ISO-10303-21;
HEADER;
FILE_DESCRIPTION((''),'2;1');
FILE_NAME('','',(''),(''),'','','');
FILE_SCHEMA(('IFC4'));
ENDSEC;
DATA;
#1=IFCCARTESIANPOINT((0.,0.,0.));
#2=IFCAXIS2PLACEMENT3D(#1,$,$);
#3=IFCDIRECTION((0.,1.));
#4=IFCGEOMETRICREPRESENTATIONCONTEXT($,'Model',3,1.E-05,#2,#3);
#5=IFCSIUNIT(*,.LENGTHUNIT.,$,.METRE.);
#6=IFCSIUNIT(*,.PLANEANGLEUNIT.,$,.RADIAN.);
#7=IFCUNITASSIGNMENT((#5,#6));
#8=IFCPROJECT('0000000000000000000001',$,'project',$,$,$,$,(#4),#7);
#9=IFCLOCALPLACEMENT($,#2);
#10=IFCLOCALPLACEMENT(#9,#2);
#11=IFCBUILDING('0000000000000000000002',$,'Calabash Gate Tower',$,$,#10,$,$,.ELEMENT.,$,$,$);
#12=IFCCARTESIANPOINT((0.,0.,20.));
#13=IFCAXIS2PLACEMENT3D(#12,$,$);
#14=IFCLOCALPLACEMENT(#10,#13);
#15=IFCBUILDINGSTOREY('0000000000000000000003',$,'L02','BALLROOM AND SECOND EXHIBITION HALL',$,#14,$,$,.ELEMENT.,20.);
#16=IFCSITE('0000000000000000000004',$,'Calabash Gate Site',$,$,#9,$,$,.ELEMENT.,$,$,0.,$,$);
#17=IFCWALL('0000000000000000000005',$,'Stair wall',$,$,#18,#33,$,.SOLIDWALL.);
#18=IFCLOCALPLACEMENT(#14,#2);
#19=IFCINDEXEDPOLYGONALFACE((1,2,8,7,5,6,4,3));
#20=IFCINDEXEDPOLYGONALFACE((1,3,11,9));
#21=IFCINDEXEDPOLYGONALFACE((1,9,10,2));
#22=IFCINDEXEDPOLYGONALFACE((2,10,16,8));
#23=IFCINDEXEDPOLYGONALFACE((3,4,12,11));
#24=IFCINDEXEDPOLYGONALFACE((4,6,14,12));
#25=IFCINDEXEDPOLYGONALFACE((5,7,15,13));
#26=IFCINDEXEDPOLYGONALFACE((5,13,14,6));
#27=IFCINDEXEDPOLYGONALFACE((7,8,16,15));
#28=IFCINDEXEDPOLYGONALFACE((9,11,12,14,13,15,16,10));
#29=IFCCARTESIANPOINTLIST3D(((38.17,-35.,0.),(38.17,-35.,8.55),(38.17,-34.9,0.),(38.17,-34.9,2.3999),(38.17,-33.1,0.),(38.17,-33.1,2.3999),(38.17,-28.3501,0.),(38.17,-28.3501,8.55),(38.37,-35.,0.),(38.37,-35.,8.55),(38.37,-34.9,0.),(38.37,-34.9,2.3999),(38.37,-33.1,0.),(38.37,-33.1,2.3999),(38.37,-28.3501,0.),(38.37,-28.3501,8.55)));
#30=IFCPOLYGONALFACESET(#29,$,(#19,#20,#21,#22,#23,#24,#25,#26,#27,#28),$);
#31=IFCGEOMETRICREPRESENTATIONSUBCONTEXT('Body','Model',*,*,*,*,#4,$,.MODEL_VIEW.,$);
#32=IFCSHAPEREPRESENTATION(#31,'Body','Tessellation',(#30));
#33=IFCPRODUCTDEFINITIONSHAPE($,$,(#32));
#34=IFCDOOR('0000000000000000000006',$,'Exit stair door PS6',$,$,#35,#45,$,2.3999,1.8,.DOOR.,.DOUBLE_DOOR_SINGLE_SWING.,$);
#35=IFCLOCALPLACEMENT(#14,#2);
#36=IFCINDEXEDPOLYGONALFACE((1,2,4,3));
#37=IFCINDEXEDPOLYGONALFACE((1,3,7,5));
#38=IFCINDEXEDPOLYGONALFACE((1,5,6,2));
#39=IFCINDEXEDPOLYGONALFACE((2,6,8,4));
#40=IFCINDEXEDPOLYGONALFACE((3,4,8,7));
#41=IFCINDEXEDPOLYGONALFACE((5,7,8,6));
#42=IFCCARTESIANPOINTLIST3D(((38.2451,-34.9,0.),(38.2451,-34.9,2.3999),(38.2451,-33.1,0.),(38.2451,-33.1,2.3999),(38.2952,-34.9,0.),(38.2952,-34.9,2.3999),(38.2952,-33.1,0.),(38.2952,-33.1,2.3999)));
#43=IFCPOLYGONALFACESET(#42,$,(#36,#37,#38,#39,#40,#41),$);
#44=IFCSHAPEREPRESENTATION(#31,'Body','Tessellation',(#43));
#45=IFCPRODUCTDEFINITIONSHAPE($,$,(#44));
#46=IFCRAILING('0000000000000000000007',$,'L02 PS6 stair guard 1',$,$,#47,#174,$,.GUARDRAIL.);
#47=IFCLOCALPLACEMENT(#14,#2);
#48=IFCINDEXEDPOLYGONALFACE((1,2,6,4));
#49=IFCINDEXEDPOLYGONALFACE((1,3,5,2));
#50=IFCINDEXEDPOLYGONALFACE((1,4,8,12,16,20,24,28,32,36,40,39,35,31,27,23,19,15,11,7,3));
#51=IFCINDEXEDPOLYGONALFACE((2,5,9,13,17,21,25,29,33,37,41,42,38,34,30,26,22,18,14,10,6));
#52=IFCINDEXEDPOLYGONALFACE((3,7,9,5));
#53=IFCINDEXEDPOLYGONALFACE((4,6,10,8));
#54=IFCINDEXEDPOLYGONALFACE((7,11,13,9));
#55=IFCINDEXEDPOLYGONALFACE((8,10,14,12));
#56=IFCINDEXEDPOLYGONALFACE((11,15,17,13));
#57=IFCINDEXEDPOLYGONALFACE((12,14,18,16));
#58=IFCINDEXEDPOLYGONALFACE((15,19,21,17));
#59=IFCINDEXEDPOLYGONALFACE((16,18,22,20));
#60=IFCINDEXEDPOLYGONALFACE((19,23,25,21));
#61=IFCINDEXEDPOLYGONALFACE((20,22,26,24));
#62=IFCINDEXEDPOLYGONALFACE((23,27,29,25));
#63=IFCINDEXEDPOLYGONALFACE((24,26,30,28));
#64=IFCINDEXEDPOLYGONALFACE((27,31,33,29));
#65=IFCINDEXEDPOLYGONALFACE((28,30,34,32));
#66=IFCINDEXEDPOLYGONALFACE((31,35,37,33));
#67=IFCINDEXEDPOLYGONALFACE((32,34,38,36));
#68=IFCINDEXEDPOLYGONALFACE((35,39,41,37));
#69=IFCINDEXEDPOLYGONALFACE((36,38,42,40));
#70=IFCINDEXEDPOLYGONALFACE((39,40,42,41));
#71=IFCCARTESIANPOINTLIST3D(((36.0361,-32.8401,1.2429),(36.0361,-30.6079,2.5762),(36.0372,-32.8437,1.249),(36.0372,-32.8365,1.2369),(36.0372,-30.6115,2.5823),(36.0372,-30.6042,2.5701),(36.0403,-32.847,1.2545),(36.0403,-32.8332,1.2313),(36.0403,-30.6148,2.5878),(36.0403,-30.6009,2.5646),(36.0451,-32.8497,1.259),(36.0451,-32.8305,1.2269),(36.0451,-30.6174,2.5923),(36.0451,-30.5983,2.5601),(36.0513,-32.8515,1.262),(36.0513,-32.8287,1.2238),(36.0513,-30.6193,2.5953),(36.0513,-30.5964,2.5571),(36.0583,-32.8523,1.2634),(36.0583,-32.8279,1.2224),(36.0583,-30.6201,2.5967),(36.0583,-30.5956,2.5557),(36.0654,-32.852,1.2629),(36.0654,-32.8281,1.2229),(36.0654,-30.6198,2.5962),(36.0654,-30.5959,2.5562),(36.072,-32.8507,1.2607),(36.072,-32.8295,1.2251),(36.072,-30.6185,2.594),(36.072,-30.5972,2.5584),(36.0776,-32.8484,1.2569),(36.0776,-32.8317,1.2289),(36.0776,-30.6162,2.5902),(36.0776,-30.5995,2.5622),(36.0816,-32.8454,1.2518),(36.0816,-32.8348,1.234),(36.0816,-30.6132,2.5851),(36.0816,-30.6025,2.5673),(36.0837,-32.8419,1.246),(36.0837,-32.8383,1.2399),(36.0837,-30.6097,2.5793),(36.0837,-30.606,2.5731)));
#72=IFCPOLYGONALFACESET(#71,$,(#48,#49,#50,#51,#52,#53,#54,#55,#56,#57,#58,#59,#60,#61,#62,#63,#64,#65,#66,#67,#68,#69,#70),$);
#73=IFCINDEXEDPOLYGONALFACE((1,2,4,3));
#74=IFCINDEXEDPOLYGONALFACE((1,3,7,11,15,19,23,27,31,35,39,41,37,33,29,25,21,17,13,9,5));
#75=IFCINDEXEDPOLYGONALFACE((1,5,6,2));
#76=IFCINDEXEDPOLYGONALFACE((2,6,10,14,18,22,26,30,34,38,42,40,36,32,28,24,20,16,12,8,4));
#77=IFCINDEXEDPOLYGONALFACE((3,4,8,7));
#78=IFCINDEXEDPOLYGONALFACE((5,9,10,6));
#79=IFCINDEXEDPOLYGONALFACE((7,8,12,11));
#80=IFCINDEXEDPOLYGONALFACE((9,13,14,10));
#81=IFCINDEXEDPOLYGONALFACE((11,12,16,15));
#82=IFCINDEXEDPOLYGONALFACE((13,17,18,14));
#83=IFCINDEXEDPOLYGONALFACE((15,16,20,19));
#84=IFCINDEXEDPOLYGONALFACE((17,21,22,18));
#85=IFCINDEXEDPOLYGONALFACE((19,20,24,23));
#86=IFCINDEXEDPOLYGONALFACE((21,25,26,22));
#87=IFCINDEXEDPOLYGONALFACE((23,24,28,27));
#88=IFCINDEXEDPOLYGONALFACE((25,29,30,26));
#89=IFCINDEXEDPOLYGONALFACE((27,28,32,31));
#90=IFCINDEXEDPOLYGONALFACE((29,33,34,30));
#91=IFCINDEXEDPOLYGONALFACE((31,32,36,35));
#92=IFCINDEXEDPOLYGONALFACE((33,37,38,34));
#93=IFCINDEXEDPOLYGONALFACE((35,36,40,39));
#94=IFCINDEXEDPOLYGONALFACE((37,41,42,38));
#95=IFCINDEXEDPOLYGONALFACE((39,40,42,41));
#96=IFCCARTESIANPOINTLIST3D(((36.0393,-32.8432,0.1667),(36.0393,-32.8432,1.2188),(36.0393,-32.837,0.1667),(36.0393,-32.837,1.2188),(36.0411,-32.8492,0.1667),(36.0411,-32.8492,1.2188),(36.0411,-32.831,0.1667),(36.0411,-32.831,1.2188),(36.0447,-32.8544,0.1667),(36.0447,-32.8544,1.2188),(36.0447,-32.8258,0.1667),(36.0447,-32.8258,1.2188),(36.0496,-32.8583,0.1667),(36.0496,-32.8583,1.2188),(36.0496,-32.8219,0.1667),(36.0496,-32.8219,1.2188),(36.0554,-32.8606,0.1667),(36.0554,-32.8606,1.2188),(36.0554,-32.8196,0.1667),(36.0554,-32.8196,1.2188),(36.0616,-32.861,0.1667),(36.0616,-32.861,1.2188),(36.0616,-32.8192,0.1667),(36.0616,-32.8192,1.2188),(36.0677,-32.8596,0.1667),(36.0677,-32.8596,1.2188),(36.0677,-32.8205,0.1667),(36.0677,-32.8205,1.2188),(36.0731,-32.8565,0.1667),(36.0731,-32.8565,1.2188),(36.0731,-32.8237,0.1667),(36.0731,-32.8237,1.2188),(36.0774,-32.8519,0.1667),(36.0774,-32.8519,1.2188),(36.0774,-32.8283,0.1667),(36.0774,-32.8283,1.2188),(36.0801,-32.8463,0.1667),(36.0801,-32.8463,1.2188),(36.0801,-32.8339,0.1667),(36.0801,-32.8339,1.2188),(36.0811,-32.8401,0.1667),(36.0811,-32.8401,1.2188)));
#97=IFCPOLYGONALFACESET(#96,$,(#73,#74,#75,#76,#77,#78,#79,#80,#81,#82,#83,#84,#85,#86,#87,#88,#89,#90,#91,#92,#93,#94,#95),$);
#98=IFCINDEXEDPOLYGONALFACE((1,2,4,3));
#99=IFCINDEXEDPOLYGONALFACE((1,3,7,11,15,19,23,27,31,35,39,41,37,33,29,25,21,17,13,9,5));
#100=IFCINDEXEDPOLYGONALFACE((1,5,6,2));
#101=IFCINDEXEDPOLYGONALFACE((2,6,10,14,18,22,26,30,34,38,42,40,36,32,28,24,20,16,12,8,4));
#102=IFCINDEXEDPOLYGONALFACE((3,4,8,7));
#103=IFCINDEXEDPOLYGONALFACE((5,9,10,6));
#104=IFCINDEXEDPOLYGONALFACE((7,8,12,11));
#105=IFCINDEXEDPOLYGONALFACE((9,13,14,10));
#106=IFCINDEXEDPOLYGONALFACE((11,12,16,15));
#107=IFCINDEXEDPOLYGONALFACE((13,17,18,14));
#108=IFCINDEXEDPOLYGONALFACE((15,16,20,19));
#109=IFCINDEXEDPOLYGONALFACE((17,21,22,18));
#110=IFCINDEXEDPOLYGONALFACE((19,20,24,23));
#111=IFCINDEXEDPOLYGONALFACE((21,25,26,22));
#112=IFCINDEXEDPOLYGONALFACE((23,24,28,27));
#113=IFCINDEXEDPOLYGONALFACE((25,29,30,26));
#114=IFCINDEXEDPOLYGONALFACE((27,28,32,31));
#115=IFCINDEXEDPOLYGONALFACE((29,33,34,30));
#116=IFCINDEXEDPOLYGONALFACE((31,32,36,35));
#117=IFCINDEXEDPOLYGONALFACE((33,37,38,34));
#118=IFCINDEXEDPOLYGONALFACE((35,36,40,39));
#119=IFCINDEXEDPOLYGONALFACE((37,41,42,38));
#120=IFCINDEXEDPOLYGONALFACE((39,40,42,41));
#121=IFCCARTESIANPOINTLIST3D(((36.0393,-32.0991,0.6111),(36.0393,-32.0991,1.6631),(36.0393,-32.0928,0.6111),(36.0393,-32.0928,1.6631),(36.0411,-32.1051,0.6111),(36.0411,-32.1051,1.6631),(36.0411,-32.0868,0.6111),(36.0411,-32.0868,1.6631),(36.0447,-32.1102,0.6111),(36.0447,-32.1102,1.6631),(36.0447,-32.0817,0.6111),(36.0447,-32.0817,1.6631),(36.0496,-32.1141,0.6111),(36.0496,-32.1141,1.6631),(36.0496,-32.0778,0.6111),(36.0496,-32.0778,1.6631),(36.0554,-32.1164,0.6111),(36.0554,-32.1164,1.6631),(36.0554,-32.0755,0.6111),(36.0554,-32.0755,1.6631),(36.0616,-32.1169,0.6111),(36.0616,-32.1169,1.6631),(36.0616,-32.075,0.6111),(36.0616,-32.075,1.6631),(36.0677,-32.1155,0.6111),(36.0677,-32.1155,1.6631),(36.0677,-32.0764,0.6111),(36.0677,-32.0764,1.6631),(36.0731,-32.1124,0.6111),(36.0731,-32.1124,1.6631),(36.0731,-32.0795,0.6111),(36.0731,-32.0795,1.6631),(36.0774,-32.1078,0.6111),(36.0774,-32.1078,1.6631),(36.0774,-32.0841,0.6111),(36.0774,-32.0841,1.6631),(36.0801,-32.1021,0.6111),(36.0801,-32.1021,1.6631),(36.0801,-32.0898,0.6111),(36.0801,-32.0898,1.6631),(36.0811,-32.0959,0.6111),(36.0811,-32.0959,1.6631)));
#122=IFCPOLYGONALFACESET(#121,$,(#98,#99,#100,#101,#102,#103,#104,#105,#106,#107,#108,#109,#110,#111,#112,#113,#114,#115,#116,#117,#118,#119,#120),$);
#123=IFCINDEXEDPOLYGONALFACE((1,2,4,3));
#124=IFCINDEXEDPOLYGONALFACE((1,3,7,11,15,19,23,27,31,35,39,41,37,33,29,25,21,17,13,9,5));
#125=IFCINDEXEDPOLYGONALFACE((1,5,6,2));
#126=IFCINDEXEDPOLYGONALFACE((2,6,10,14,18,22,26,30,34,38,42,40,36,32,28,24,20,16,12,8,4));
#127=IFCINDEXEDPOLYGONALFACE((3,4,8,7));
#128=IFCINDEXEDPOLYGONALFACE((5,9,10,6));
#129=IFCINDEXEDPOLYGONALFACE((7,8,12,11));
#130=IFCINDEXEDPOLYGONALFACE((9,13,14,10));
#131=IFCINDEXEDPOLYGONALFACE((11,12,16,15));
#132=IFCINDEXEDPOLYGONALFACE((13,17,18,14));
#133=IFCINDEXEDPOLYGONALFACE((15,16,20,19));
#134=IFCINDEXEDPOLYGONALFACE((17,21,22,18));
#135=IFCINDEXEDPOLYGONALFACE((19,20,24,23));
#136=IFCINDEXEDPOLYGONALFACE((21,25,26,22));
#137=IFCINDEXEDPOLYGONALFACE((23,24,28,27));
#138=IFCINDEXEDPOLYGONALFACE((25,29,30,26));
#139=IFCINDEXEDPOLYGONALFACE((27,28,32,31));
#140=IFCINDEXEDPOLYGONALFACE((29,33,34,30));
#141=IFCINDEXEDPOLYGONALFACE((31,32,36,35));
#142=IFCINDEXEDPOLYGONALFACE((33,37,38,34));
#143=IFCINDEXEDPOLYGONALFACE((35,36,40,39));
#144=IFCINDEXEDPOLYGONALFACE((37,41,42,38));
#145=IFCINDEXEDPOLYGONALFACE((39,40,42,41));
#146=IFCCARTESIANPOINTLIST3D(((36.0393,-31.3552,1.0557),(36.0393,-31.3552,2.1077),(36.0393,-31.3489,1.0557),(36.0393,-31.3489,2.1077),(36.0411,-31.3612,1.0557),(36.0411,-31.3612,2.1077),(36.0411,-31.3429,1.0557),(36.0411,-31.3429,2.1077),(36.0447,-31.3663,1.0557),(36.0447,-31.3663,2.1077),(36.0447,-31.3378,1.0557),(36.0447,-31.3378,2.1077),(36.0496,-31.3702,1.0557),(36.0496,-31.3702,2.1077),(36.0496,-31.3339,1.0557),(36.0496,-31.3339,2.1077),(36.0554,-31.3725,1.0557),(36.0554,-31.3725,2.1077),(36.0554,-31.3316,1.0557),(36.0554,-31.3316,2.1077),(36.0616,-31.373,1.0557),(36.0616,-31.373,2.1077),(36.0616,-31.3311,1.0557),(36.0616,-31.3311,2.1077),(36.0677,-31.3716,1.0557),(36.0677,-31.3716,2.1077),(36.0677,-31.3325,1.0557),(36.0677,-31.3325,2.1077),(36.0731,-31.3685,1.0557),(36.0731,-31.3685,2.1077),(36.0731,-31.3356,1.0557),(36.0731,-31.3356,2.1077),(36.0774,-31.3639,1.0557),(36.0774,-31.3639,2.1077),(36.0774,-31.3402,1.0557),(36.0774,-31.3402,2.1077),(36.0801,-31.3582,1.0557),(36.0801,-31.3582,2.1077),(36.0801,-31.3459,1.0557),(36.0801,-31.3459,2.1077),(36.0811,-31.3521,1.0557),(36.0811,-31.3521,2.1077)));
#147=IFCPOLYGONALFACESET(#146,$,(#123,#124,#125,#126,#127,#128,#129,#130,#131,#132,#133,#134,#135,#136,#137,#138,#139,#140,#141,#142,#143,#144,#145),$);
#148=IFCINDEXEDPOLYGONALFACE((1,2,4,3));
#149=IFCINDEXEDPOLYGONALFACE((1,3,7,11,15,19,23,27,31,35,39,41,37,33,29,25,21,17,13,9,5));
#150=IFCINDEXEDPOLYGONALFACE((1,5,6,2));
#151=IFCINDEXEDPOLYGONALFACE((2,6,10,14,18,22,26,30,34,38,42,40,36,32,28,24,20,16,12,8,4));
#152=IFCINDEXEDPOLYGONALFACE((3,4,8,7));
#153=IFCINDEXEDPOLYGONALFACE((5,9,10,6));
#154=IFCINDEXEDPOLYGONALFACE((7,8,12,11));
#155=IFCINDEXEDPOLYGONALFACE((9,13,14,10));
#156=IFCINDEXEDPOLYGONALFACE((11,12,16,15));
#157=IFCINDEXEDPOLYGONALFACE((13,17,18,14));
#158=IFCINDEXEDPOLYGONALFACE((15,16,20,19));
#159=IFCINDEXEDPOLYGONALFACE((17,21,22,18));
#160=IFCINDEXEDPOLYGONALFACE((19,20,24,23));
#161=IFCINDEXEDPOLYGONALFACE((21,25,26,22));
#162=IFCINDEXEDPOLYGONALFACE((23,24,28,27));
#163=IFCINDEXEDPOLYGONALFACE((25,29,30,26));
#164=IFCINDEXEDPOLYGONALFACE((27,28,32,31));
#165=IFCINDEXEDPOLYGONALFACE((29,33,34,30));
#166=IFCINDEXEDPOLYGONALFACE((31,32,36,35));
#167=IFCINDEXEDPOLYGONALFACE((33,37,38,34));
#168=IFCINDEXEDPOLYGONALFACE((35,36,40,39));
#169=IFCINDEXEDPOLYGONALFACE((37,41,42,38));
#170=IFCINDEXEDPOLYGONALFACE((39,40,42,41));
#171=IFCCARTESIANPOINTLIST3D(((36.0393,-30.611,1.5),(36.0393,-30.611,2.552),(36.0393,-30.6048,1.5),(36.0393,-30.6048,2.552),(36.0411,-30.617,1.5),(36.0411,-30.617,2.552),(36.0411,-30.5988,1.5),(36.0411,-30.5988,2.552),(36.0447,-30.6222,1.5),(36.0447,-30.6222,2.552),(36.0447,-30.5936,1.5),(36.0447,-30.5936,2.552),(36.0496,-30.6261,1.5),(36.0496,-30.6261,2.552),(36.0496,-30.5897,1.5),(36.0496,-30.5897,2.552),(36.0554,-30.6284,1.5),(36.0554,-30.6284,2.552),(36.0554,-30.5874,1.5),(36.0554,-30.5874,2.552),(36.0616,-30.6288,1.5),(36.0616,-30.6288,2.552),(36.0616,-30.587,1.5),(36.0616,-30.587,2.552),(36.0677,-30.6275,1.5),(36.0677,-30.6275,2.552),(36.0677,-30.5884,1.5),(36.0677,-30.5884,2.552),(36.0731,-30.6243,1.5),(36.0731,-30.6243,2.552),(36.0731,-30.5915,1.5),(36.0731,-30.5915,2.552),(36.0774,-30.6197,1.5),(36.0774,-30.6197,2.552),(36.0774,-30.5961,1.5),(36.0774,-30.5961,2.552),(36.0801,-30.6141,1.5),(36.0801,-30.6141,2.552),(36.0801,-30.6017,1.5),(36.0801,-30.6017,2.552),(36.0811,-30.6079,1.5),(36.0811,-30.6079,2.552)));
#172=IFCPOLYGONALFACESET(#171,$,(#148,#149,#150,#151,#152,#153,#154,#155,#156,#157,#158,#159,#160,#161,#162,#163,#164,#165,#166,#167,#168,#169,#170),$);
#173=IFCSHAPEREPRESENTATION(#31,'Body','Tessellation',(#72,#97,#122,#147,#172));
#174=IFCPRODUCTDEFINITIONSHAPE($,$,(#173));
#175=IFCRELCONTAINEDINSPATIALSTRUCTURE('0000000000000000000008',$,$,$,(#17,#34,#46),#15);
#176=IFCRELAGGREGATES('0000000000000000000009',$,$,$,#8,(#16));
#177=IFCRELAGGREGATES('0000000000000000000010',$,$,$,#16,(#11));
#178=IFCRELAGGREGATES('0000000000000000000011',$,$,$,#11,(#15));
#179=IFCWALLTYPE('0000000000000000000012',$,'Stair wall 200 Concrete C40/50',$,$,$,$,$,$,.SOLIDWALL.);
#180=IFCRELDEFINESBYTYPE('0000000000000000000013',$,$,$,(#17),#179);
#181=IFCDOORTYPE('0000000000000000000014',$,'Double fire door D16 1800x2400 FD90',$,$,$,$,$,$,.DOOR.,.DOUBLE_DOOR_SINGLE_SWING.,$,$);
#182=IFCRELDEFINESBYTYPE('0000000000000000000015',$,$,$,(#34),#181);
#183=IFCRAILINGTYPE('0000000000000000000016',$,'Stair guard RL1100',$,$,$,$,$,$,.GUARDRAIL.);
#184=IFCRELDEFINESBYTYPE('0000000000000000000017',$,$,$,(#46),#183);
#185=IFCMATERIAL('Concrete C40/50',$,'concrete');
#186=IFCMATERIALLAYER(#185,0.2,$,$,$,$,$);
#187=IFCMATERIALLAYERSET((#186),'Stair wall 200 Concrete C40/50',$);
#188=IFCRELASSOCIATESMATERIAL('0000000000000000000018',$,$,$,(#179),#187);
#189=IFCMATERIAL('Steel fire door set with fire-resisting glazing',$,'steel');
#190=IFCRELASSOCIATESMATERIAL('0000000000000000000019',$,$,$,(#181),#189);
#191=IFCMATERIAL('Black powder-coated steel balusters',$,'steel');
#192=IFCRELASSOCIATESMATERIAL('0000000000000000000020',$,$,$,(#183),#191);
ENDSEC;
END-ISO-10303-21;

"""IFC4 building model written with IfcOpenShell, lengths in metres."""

from ifc_helpers import new_model, si_unit, direction, frame, frame_2d, origin, origin_2d, place, context, subcontext, project, spatial, rectangle, circle, extrude, material, layer, layer_set, type_object, element, fill, save


model = new_model("IFC4")

# Units and contexts
model_context = context("Model", 3, precision=1e-05, world=origin(), true_north=direction((0.0, 1.0)))
body_context = subcontext(model_context, "Body", "Model", "MODEL_VIEW")
ifc_project = project(units=[si_unit("LENGTHUNIT", "METRE"), si_unit("PLANEANGLEUNIT", "RADIAN")], contexts=[model_context])

# Site, building, storey
site_placement = place(None, origin())
site = spatial("IfcSite", under=ifc_project, at=site_placement, Name="Calabash Gate Site", CompositionType="ELEMENT", RefElevation=0.0)
building_placement = place(site_placement, origin())
building = spatial("IfcBuilding", under=site, at=building_placement, Name="Calabash Gate Tower", CompositionType="ELEMENT")
storey_placement = place(building_placement, frame((0.0, 0.0, 20.0)))
storey = spatial("IfcBuildingStorey", under=building, at=storey_placement, Name="L02", Description="BALLROOM AND SECOND EXHIBITION HALL", CompositionType="ELEMENT", Elevation=20.0)

# Wall, opening, door
ifc_material_1 = material(Name="Concrete C40/50", Category="concrete")
ifc_layer_1 = layer(ifc_material_1, 0.2)
ifc_layer_set_1 = layer_set([ifc_layer_1], Name="Stair wall 200 Concrete C40/50")
wall_type_1 = type_object("IfcWallType", Name="Stair wall 200 Concrete C40/50", PredefinedType="SOLIDWALL", material=ifc_layer_set_1)
wall_1_placement = place(storey_placement, frame((38.27, -35.0, 0.0), z_axis=(0.0, 0.0, 1.0), x_axis=(0.0, 1.0, 0.0)))
wall_1 = element("IfcWall", 1, at=wall_1_placement, inside=storey, type_object=wall_type_1, Name="Stair wall", PredefinedType="SOLIDWALL", context=body_context, shape_type="SweptSolid", body=[
    extrude(rectangle(XDim=6.6499, YDim=0.2, at=frame_2d((3.325, 0.0))), origin(), (0.0, 0.0, 1.0), 8.55),
])
opening_placement = place(wall_1_placement, frame((0.1001, 0.0, 0.0)))
opening = element("IfcOpeningElement", 2, at=opening_placement, cuts=wall_1, PredefinedType="OPENING", context=body_context, shape_type="SweptSolid", body=[
    extrude(rectangle(XDim=1.8, YDim=2.3999, at=frame_2d((0.8999, 1.2))), frame((0.0, 0.1099, 0.0), z_axis=(0.0, -1.0, 0.0), x_axis=(1.0, 0.0, 0.0)), (0.0, 0.0, 1.0), 0.22),
])
ifc_material_2 = material(Name="Steel fire door set with fire-resisting glazing", Category="steel")
door_type = type_object("IfcDoorType", Name="Double fire door D16 1800x2400 FD90", OperationType="DOUBLE_DOOR_SINGLE_SWING", PredefinedType="DOOR", material=ifc_material_2)
door_placement = place(opening_placement, origin())
door = element("IfcDoor", 3, at=door_placement, inside=storey, type_object=door_type, Name="Exit stair door PS6", OperationType="DOUBLE_DOOR_SINGLE_SWING", OverallHeight=2.3999, OverallWidth=1.8, PredefinedType="DOOR", context=body_context, shape_type="SweptSolid", body=[
    extrude(rectangle(XDim=1.8, YDim=2.3999, at=frame_2d((0.8999, 1.2))), frame((0.0, 0.0249, 0.0), z_axis=(0.0, -1.0, 0.0), x_axis=(1.0, 0.0, 0.0)), (0.0, 0.0, 1.0), 0.05),
])
fill(opening, door)

# Railing
ifc_material_3 = material(Name="Black powder-coated steel balusters", Category="steel")
railing_type_1 = type_object("IfcRailingType", Name="Stair guard RL1100", PredefinedType="GUARDRAIL", material=ifc_material_3)
railing_1_placement = place(storey_placement, frame((36.0601, -32.8401, 0.1667)))
element("IfcRailing", 4, at=railing_1_placement, inside=storey, type_object=railing_type_1, Name="L02 PS6 stair guard 1", PredefinedType="GUARDRAIL", context=body_context, shape_type="SweptSolid", body=[
    extrude(circle(Radius=0.0239, at=origin_2d()), frame((0.0, 0.0, 1.0762), z_axis=(0.0, 0.858519, 0.512782), x_axis=(-1.0, 0.0, 0.0)), (0.0, 0.0, 1.0), 2.6001),
    extrude(circle(Radius=0.021, at=origin_2d()), origin(), (0.0, 0.0, 1.0), 1.052),
    extrude(circle(Radius=0.021, at=origin_2d()), frame((0.0, 0.7441, 0.4443)), (0.0, 0.0, 1.0), 1.052),
    extrude(circle(Radius=0.021, at=origin_2d()), frame((0.0, 1.488, 0.8889)), (0.0, 0.0, 1.0), 1.052),
    extrude(circle(Radius=0.021, at=origin_2d()), frame((0.0, 2.2322, 1.3333)), (0.0, 0.0, 1.0), 1.052),
])

save(model, "model.ifc")
